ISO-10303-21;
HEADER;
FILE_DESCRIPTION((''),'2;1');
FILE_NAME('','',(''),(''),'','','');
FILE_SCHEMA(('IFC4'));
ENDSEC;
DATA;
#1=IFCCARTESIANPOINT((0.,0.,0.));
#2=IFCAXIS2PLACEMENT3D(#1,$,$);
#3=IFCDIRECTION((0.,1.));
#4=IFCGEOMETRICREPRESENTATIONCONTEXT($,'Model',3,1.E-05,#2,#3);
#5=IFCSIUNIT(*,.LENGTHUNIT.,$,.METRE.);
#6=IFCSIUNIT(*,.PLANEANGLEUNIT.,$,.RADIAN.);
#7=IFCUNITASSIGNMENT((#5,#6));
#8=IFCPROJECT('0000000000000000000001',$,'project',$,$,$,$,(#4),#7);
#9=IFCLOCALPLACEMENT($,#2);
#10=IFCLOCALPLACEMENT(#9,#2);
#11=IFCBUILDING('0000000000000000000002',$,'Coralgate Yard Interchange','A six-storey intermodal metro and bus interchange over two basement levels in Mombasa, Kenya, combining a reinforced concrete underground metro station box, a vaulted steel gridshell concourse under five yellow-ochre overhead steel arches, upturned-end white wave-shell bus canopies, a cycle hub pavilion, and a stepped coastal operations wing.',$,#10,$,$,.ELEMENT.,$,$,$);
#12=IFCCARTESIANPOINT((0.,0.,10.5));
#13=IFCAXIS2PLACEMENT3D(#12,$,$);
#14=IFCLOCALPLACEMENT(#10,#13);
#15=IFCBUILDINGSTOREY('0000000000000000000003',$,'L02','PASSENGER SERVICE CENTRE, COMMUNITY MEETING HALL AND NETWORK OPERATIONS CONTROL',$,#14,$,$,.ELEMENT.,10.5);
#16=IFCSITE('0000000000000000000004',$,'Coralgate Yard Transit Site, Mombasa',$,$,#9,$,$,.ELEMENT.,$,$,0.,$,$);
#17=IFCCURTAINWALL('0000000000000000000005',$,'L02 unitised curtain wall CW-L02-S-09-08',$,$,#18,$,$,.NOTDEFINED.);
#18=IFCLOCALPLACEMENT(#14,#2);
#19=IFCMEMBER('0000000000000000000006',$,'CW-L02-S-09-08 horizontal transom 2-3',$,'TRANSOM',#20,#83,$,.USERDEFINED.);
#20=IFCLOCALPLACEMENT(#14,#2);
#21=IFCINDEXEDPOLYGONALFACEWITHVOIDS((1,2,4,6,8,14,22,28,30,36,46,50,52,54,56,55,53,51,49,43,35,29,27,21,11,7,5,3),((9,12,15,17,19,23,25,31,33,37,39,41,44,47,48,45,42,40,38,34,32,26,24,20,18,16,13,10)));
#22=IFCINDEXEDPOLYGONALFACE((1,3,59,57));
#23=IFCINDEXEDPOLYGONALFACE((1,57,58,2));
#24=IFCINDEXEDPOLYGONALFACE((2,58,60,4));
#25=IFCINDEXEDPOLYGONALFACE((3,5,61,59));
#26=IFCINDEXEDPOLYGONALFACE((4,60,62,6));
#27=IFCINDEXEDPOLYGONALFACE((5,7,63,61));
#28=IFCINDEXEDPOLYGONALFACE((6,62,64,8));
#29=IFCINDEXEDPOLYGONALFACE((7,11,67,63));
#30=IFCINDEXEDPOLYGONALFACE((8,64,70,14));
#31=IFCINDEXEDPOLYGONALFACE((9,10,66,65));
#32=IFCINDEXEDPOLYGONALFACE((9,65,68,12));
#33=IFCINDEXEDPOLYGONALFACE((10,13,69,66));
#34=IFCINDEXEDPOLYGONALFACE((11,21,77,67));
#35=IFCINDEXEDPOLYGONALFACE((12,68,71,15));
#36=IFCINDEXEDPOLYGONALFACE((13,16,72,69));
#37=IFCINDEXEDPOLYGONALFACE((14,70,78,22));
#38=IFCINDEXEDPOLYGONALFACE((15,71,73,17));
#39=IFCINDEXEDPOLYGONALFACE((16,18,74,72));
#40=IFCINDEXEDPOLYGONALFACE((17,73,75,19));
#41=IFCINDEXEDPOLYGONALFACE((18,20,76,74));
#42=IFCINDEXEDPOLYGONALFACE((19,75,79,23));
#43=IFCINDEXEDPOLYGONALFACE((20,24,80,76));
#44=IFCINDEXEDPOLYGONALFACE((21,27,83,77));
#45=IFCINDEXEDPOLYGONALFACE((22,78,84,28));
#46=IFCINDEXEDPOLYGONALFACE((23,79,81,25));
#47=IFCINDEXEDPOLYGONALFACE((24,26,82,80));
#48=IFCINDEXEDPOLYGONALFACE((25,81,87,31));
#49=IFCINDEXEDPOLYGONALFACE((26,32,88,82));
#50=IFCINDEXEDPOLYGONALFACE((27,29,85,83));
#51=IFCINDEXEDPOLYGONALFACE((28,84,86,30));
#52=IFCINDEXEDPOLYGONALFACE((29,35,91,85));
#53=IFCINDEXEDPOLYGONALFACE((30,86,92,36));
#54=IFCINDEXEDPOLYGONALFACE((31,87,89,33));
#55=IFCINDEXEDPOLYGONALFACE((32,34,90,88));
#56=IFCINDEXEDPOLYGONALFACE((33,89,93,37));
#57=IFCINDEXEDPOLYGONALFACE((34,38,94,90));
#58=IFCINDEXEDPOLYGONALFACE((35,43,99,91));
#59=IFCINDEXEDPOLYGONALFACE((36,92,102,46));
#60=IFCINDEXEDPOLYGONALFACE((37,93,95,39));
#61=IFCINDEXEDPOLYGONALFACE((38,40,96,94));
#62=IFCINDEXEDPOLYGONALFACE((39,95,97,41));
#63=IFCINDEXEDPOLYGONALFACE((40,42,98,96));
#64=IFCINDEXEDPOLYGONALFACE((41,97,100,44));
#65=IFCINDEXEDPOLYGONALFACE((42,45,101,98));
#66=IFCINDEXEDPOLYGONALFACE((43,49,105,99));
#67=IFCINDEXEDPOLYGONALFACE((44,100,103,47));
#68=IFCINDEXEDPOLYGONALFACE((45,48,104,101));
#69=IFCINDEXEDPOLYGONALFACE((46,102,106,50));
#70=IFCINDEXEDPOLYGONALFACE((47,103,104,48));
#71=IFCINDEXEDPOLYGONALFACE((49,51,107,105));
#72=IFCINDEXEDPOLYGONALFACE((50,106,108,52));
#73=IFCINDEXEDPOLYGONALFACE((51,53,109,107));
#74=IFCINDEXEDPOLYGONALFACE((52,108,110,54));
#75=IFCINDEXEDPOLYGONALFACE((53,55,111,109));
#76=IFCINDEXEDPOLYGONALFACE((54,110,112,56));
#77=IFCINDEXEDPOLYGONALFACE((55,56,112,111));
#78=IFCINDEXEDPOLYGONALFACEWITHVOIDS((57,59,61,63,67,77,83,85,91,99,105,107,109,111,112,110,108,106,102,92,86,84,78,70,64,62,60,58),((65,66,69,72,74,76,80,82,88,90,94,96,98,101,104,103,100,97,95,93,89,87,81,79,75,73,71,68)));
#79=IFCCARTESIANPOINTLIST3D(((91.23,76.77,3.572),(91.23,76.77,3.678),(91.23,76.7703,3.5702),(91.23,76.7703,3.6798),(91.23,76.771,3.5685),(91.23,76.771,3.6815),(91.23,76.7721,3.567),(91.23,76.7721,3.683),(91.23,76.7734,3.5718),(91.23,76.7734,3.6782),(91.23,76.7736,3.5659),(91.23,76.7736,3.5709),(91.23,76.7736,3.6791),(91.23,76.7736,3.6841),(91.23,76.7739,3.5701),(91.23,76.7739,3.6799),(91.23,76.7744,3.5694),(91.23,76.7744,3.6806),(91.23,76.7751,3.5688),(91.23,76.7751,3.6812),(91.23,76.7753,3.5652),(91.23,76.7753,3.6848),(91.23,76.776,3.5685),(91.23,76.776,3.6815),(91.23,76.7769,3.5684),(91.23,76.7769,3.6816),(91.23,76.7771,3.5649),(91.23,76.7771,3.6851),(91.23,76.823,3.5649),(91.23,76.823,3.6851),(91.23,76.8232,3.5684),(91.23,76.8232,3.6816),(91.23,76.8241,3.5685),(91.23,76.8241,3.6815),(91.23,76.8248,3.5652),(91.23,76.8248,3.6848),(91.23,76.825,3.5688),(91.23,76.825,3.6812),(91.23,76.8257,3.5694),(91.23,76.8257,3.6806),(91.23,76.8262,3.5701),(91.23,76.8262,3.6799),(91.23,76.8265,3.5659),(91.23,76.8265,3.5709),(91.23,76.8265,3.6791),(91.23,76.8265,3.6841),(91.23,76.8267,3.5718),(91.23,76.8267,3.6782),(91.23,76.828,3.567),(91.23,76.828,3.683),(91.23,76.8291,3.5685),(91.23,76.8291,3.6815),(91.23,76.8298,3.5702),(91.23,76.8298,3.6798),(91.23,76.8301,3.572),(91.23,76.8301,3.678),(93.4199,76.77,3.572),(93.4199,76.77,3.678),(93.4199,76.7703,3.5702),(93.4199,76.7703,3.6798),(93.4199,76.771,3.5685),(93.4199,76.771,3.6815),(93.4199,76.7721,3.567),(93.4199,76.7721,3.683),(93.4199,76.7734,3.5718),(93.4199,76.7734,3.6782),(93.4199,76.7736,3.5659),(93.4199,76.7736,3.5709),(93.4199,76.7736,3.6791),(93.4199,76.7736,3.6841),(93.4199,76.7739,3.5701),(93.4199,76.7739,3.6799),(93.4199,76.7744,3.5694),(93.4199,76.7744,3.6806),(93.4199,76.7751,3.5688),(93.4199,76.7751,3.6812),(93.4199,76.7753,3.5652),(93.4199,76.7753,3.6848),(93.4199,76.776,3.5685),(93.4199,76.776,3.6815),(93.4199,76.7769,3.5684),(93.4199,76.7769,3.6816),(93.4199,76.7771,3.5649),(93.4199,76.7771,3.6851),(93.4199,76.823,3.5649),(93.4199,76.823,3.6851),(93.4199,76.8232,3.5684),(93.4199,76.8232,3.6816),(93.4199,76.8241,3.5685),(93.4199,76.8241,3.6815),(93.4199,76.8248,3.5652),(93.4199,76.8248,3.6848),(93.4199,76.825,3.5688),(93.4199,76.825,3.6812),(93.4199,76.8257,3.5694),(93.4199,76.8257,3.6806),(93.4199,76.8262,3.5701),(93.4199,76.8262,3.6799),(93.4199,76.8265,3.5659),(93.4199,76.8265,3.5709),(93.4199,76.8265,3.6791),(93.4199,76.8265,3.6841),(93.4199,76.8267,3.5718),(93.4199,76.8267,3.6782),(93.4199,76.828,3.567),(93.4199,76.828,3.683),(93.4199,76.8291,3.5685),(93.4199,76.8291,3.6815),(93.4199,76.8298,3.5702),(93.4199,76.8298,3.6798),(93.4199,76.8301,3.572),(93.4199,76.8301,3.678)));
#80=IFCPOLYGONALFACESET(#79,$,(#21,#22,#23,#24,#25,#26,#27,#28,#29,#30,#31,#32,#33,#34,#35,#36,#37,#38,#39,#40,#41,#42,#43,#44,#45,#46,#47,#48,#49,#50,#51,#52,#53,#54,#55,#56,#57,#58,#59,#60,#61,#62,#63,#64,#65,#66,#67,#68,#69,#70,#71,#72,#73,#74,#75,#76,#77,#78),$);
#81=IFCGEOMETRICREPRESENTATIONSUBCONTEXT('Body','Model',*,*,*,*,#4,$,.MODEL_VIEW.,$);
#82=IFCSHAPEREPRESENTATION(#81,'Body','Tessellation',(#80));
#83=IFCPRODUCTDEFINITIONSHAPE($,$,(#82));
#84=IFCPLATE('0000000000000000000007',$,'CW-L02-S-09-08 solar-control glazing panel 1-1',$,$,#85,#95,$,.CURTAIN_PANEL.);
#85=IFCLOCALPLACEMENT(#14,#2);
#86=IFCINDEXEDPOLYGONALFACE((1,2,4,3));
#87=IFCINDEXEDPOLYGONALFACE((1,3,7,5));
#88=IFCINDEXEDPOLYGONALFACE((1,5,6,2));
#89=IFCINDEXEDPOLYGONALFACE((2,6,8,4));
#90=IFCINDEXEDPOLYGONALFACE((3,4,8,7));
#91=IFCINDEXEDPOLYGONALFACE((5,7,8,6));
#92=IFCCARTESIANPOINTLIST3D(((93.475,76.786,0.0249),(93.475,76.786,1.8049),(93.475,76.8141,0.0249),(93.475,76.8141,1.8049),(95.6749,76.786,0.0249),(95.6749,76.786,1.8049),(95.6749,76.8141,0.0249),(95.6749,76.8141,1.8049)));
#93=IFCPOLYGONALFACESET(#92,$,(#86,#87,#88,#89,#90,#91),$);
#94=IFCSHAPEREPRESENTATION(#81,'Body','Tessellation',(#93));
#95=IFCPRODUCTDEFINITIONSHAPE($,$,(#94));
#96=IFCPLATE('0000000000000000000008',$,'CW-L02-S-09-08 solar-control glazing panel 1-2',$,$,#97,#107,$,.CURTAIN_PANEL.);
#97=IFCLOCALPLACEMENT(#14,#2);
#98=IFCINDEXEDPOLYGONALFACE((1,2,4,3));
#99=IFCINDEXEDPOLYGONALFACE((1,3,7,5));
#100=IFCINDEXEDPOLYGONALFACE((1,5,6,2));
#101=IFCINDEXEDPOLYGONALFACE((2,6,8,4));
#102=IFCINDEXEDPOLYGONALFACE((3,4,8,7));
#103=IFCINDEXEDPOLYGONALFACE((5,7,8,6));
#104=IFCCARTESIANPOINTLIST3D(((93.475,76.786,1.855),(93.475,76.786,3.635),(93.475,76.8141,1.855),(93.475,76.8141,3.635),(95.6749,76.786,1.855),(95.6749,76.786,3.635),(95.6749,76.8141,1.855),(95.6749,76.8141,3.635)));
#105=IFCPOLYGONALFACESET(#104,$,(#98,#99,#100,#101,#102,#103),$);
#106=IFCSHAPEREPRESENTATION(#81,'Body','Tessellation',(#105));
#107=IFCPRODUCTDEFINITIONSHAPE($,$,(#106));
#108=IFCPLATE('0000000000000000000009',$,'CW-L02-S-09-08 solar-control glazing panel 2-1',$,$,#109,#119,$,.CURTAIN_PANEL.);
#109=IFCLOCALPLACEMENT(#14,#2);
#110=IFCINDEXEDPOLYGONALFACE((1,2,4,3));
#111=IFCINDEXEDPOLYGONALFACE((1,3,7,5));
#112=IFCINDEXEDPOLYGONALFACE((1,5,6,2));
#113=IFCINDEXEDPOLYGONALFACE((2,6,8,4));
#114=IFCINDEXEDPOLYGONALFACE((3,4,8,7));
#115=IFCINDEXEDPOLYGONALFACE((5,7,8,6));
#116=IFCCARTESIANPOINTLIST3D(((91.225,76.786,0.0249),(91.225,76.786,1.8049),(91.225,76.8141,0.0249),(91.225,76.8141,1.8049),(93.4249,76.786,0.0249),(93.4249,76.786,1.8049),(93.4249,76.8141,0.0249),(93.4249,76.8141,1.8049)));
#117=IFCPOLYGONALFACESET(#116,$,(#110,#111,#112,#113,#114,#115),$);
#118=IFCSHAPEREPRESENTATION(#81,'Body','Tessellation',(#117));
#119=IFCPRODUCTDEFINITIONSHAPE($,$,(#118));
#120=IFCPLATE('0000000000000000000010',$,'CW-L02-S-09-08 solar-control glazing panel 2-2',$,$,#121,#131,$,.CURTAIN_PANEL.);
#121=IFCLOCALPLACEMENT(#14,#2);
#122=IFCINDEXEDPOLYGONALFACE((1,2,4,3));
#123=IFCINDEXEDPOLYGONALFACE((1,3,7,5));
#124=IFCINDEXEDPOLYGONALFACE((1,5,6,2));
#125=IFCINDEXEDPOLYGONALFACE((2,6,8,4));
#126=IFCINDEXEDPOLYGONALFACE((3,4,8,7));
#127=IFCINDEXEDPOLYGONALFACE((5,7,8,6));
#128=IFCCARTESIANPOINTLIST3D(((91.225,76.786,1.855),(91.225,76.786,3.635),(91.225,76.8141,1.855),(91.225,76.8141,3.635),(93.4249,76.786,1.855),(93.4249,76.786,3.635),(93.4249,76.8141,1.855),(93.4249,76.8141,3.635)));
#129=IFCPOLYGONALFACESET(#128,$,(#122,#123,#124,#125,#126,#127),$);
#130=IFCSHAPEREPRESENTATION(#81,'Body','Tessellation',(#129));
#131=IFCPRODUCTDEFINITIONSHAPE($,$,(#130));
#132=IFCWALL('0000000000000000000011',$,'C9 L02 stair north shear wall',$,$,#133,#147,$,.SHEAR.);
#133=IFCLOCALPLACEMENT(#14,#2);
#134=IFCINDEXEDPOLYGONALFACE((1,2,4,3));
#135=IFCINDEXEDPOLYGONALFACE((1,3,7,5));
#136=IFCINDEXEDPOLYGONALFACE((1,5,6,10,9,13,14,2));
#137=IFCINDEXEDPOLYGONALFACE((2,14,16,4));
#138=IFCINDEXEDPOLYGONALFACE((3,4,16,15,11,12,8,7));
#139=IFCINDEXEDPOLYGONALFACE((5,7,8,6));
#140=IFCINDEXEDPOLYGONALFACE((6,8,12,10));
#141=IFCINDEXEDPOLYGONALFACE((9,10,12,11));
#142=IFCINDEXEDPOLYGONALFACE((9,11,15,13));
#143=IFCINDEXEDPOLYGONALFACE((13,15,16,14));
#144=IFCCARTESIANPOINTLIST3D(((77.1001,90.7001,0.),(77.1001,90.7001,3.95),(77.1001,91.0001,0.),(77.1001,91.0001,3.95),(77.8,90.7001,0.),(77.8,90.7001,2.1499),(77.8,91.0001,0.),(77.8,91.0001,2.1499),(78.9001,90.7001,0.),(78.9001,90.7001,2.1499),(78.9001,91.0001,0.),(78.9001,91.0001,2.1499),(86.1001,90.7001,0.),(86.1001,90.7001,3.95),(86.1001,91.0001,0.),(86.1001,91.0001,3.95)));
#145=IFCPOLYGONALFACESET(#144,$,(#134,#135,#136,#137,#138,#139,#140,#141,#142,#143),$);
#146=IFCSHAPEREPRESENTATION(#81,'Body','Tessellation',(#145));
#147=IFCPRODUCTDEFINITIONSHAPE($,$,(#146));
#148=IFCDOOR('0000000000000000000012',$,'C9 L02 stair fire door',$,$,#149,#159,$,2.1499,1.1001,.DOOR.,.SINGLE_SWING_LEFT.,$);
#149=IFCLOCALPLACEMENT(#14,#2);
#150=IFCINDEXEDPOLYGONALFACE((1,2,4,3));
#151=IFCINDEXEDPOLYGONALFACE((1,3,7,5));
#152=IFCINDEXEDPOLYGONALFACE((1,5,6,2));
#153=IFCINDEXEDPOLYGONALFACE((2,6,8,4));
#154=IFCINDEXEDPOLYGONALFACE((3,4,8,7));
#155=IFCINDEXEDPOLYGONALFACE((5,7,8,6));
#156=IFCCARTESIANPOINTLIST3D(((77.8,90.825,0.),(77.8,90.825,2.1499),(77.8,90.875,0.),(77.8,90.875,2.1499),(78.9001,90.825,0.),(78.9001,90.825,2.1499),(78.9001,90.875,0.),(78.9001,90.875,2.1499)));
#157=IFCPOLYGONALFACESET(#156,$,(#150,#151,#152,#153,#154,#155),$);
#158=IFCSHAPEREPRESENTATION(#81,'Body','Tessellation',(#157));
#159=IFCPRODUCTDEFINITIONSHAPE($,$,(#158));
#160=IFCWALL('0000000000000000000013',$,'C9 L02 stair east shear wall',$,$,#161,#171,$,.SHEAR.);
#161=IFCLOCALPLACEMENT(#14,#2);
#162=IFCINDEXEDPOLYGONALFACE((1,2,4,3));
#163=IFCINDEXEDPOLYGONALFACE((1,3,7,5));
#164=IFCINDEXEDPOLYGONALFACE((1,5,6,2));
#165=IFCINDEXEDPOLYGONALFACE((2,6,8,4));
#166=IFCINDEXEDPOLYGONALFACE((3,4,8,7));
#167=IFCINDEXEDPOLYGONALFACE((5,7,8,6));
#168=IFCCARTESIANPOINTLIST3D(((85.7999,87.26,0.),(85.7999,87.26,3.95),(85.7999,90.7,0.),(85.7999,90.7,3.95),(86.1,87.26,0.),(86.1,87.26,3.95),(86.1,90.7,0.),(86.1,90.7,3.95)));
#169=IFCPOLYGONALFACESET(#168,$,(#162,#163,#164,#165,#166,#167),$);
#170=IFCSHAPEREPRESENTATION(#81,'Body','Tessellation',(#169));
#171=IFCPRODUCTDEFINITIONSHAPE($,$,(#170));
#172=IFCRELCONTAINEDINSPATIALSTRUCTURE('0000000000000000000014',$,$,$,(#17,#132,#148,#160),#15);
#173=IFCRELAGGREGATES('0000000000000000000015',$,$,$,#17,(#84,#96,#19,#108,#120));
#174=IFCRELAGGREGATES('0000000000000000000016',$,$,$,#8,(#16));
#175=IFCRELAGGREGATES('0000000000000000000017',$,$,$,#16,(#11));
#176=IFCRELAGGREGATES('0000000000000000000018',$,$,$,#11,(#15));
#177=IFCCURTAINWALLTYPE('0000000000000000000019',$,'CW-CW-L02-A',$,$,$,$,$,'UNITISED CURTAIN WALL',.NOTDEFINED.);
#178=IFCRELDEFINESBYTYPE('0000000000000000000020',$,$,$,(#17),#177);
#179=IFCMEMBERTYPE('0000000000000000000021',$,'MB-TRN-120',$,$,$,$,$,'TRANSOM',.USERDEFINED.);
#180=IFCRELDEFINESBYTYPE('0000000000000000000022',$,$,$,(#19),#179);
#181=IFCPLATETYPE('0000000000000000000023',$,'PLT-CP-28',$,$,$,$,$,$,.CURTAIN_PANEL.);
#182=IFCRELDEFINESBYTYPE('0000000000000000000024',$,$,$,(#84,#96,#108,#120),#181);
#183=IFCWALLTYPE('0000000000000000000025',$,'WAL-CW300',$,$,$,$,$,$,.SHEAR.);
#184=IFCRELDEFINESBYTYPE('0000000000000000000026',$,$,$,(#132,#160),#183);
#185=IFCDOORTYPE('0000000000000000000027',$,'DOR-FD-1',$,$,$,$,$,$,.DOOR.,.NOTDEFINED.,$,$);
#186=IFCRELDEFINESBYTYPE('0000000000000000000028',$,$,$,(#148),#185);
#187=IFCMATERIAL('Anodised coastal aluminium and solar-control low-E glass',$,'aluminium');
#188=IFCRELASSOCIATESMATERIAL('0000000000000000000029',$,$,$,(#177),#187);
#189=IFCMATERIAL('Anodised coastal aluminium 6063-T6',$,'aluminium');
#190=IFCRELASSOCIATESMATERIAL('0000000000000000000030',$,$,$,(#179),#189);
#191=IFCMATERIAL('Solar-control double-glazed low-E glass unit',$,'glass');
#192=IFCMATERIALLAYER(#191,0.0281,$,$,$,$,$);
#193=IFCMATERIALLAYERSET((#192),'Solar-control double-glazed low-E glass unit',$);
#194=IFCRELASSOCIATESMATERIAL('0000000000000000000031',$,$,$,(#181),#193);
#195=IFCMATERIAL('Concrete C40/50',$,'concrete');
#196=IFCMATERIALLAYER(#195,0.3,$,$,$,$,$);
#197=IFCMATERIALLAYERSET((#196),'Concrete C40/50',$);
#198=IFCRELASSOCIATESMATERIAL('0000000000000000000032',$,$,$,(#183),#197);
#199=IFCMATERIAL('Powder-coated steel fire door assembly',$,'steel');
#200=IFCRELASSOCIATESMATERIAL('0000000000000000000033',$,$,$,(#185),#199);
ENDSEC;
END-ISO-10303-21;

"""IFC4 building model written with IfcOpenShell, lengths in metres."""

from ifc_helpers import new_model, si_unit, direction, frame, frame_2d, origin, origin_2d, place, context, subcontext, project, spatial, rectangle, hollow_rectangle, extrude, material, layer, layer_set, material_profile, profile_set, type_object, element, fill, aggregate, save


model = new_model("IFC4")

# Units and contexts
model_context = context("Model", 3, precision=1e-05, world=origin(), true_north=direction((0.0, 1.0)))
body_context = subcontext(model_context, "Body", "Model", "MODEL_VIEW")
ifc_project = project(units=[si_unit("LENGTHUNIT", "METRE"), si_unit("PLANEANGLEUNIT", "RADIAN")], contexts=[model_context])

# Site, building, storey
site_placement = place(None, origin())
site = spatial("IfcSite", under=ifc_project, at=site_placement, Name="Coralgate Yard Transit Site, Mombasa", CompositionType="ELEMENT", RefElevation=0.0)
building_placement = place(site_placement, origin())
building = spatial("IfcBuilding", under=site, at=building_placement, Name="Coralgate Yard Interchange", Description="A six-storey intermodal metro and bus interchange over two basement levels in Mombasa, Kenya, combining a reinforced concrete underground metro station box, a vaulted steel gridshell concourse under five yellow-ochre overhead steel arches, upturned-end white wave-shell bus canopies, a cycle hub pavilion, and a stepped coastal operations wing.", CompositionType="ELEMENT")
storey_placement = place(building_placement, frame((0.0, 0.0, 10.5)))
storey = spatial("IfcBuildingStorey", under=building, at=storey_placement, Name="L02", Description="PASSENGER SERVICE CENTRE, COMMUNITY MEETING HALL AND NETWORK OPERATIONS CONTROL", CompositionType="ELEMENT", Elevation=10.5)

# Curtain wall, member, plates
ifc_material_1 = material(Name="Anodised coastal aluminium and solar-control low-E glass", Category="aluminium")
curtain_wall_type = type_object("IfcCurtainWallType", Name="CW-CW-L02-A", ElementType="UNITISED CURTAIN WALL", PredefinedType="NOTDEFINED", material=ifc_material_1)
curtain_wall_placement = place(storey_placement, origin())
curtain_wall = element("IfcCurtainWall", 1, at=curtain_wall_placement, inside=storey, type_object=curtain_wall_type, Name="L02 unitised curtain wall CW-L02-S-09-08", PredefinedType="NOTDEFINED")
ifc_material_2 = material(Name="Anodised coastal aluminium 6063-T6", Category="aluminium")
ifc_material_profile_1 = material_profile(ifc_material_2, hollow_rectangle(XDim=0.0601, YDim=0.1201, WallThickness=0.0034, InnerFilletRadius=0.0034, OuterFilletRadius=0.0071, at=origin_2d()), Name="ALU 60x120x3.5")
ifc_profile_set_1 = profile_set([ifc_material_profile_1], Name="Anodised coastal aluminium 6063-T6")
member_type_1 = type_object("IfcMemberType", Name="MB-TRN-120", ElementType="TRANSOM", PredefinedType="USERDEFINED", material=ifc_profile_set_1)
member_1_placement = place(storey_placement, frame((93.4199, 76.8, 3.625), z_axis=(-1.0, 0.0, 0.0), x_axis=(0.0, -1.0, 0.0)))
member_1 = element("IfcMember", 2, at=member_1_placement, type_object=member_type_1, Name="CW-L02-S-09-08 horizontal transom 2-3", ObjectType="TRANSOM", PredefinedType="USERDEFINED", context=body_context, shape_type="SweptSolid", body=[
    extrude(hollow_rectangle(XDim=0.0601, YDim=0.1201, WallThickness=0.0034, InnerFilletRadius=0.0034, OuterFilletRadius=0.0071, at=origin_2d()), origin(), (0.0, 0.0, 1.0), 2.1899),
])
ifc_material_3 = material(Name="Solar-control double-glazed low-E glass unit", Category="glass")
ifc_layer_1 = layer(ifc_material_3, 0.0281)
ifc_layer_set_1 = layer_set([ifc_layer_1], Name="Solar-control double-glazed low-E glass unit")
plate_type = type_object("IfcPlateType", Name="PLT-CP-28", PredefinedType="CURTAIN_PANEL", material=ifc_layer_set_1)
plate_1_placement = place(storey_placement, frame((94.575, 76.8, 0.0249), z_axis=(0.0, 0.0, 1.0), x_axis=(-1.0, 0.0, 0.0)))
plate_1 = element("IfcPlate", 3, at=plate_1_placement, type_object=plate_type, Name="CW-L02-S-09-08 solar-control glazing panel 1-1", PredefinedType="CURTAIN_PANEL", context=body_context, shape_type="SweptSolid", body=[
    extrude(rectangle(XDim=2.2, YDim=0.0281, at=origin_2d()), origin(), (0.0, 0.0, 1.0), 1.78),
])
plate_2_placement = place(storey_placement, frame((94.575, 76.8, 1.855), z_axis=(0.0, 0.0, 1.0), x_axis=(-1.0, 0.0, 0.0)))
plate_2 = element("IfcPlate", 4, at=plate_2_placement, type_object=plate_type, Name="CW-L02-S-09-08 solar-control glazing panel 1-2", PredefinedType="CURTAIN_PANEL", context=body_context, shape_type="SweptSolid", body=[
    extrude(rectangle(XDim=2.2, YDim=0.0281, at=origin_2d()), origin(), (0.0, 0.0, 1.0), 1.78),
])
plate_3_placement = place(storey_placement, frame((92.325, 76.8, 0.0249), z_axis=(0.0, 0.0, 1.0), x_axis=(-1.0, 0.0, 0.0)))
plate_3 = element("IfcPlate", 5, at=plate_3_placement, type_object=plate_type, Name="CW-L02-S-09-08 solar-control glazing panel 2-1", PredefinedType="CURTAIN_PANEL", context=body_context, shape_type="SweptSolid", body=[
    extrude(rectangle(XDim=2.2, YDim=0.0281, at=origin_2d()), origin(), (0.0, 0.0, 1.0), 1.78),
])
plate_4_placement = place(storey_placement, frame((92.325, 76.8, 1.855), z_axis=(0.0, 0.0, 1.0), x_axis=(-1.0, 0.0, 0.0)))
plate_4 = element("IfcPlate", 6, at=plate_4_placement, type_object=plate_type, Name="CW-L02-S-09-08 solar-control glazing panel 2-2", PredefinedType="CURTAIN_PANEL", context=body_context, shape_type="SweptSolid", body=[
    extrude(rectangle(XDim=2.2, YDim=0.0281, at=origin_2d()), origin(), (0.0, 0.0, 1.0), 1.78),
])
aggregate(curtain_wall, [plate_1, plate_2, member_1, plate_3, plate_4])

# Wall, opening, door
ifc_material_4 = material(Name="Concrete C40/50", Category="concrete")
ifc_layer_2 = layer(ifc_material_4, 0.3)
ifc_layer_set_2 = layer_set([ifc_layer_2], Name="Concrete C40/50")
wall_type_1 = type_object("IfcWallType", Name="WAL-CW300", PredefinedType="SHEAR", material=ifc_layer_set_2)
wall_1_placement = place(storey_placement, frame((86.1001, 90.8501, 0.0), z_axis=(0.0, 0.0, 1.0), x_axis=(-1.0, 0.0, 0.0)))
wall_1 = element("IfcWall", 7, at=wall_1_placement, inside=storey, type_object=wall_type_1, Name="C9 L02 stair north shear wall", PredefinedType="SHEAR", context=body_context, shape_type="SweptSolid", body=[
    extrude(rectangle(XDim=9.0, YDim=0.3, at=frame_2d((4.5, 0.0))), origin(), (0.0, 0.0, 1.0), 3.95),
])
opening_1_placement = place(wall_1_placement, frame((7.2, 0.0, 0.0)))
opening_1 = element("IfcOpeningElement", 8, at=opening_1_placement, cuts=wall_1, PredefinedType="OPENING", context=body_context, shape_type="SweptSolid", body=[
    extrude(rectangle(XDim=1.1001, YDim=2.1499, at=frame_2d((0.55, 1.075))), frame((0.0, 0.1599, 0.0), z_axis=(0.0, -1.0, 0.0), x_axis=(1.0, 0.0, 0.0)), (0.0, 0.0, 1.0), 0.3201),
])
ifc_material_5 = material(Name="Powder-coated steel fire door assembly", Category="steel")
door_type_1 = type_object("IfcDoorType", Name="DOR-FD-1", OperationType="NOTDEFINED", PredefinedType="DOOR", material=ifc_material_5)
door_1_placement = place(opening_1_placement, frame((1.1001, 0.0, 0.0), z_axis=(0.0, 0.0, 1.0), x_axis=(-1.0, 0.0, 0.0)))
door_1 = element("IfcDoor", 9, at=door_1_placement, inside=storey, type_object=door_type_1, Name="C9 L02 stair fire door", OperationType="SINGLE_SWING_LEFT", OverallHeight=2.1499, OverallWidth=1.1001, PredefinedType="DOOR", context=body_context, shape_type="SweptSolid", body=[
    extrude(rectangle(XDim=1.1001, YDim=2.1499, at=frame_2d((0.55, 1.075))), frame((0.0, 0.0249, 0.0), z_axis=(0.0, -1.0, 0.0), x_axis=(1.0, 0.0, 0.0)), (0.0, 0.0, 1.0), 0.05),
])
fill(opening_1, door_1)

# Wall
wall_2_placement = place(storey_placement, frame((85.95, 90.7, 0.0), z_axis=(0.0, 0.0, 1.0), x_axis=(0.0, -1.0, 0.0)))
element("IfcWall", 10, at=wall_2_placement, inside=storey, type_object=wall_type_1, Name="C9 L02 stair east shear wall", PredefinedType="SHEAR", context=body_context, shape_type="SweptSolid", body=[
    extrude(rectangle(XDim=3.4399, YDim=0.3, at=frame_2d((1.72, 0.0))), origin(), (0.0, 0.0, 1.0), 3.95),
])

save(model, "model.ifc")
